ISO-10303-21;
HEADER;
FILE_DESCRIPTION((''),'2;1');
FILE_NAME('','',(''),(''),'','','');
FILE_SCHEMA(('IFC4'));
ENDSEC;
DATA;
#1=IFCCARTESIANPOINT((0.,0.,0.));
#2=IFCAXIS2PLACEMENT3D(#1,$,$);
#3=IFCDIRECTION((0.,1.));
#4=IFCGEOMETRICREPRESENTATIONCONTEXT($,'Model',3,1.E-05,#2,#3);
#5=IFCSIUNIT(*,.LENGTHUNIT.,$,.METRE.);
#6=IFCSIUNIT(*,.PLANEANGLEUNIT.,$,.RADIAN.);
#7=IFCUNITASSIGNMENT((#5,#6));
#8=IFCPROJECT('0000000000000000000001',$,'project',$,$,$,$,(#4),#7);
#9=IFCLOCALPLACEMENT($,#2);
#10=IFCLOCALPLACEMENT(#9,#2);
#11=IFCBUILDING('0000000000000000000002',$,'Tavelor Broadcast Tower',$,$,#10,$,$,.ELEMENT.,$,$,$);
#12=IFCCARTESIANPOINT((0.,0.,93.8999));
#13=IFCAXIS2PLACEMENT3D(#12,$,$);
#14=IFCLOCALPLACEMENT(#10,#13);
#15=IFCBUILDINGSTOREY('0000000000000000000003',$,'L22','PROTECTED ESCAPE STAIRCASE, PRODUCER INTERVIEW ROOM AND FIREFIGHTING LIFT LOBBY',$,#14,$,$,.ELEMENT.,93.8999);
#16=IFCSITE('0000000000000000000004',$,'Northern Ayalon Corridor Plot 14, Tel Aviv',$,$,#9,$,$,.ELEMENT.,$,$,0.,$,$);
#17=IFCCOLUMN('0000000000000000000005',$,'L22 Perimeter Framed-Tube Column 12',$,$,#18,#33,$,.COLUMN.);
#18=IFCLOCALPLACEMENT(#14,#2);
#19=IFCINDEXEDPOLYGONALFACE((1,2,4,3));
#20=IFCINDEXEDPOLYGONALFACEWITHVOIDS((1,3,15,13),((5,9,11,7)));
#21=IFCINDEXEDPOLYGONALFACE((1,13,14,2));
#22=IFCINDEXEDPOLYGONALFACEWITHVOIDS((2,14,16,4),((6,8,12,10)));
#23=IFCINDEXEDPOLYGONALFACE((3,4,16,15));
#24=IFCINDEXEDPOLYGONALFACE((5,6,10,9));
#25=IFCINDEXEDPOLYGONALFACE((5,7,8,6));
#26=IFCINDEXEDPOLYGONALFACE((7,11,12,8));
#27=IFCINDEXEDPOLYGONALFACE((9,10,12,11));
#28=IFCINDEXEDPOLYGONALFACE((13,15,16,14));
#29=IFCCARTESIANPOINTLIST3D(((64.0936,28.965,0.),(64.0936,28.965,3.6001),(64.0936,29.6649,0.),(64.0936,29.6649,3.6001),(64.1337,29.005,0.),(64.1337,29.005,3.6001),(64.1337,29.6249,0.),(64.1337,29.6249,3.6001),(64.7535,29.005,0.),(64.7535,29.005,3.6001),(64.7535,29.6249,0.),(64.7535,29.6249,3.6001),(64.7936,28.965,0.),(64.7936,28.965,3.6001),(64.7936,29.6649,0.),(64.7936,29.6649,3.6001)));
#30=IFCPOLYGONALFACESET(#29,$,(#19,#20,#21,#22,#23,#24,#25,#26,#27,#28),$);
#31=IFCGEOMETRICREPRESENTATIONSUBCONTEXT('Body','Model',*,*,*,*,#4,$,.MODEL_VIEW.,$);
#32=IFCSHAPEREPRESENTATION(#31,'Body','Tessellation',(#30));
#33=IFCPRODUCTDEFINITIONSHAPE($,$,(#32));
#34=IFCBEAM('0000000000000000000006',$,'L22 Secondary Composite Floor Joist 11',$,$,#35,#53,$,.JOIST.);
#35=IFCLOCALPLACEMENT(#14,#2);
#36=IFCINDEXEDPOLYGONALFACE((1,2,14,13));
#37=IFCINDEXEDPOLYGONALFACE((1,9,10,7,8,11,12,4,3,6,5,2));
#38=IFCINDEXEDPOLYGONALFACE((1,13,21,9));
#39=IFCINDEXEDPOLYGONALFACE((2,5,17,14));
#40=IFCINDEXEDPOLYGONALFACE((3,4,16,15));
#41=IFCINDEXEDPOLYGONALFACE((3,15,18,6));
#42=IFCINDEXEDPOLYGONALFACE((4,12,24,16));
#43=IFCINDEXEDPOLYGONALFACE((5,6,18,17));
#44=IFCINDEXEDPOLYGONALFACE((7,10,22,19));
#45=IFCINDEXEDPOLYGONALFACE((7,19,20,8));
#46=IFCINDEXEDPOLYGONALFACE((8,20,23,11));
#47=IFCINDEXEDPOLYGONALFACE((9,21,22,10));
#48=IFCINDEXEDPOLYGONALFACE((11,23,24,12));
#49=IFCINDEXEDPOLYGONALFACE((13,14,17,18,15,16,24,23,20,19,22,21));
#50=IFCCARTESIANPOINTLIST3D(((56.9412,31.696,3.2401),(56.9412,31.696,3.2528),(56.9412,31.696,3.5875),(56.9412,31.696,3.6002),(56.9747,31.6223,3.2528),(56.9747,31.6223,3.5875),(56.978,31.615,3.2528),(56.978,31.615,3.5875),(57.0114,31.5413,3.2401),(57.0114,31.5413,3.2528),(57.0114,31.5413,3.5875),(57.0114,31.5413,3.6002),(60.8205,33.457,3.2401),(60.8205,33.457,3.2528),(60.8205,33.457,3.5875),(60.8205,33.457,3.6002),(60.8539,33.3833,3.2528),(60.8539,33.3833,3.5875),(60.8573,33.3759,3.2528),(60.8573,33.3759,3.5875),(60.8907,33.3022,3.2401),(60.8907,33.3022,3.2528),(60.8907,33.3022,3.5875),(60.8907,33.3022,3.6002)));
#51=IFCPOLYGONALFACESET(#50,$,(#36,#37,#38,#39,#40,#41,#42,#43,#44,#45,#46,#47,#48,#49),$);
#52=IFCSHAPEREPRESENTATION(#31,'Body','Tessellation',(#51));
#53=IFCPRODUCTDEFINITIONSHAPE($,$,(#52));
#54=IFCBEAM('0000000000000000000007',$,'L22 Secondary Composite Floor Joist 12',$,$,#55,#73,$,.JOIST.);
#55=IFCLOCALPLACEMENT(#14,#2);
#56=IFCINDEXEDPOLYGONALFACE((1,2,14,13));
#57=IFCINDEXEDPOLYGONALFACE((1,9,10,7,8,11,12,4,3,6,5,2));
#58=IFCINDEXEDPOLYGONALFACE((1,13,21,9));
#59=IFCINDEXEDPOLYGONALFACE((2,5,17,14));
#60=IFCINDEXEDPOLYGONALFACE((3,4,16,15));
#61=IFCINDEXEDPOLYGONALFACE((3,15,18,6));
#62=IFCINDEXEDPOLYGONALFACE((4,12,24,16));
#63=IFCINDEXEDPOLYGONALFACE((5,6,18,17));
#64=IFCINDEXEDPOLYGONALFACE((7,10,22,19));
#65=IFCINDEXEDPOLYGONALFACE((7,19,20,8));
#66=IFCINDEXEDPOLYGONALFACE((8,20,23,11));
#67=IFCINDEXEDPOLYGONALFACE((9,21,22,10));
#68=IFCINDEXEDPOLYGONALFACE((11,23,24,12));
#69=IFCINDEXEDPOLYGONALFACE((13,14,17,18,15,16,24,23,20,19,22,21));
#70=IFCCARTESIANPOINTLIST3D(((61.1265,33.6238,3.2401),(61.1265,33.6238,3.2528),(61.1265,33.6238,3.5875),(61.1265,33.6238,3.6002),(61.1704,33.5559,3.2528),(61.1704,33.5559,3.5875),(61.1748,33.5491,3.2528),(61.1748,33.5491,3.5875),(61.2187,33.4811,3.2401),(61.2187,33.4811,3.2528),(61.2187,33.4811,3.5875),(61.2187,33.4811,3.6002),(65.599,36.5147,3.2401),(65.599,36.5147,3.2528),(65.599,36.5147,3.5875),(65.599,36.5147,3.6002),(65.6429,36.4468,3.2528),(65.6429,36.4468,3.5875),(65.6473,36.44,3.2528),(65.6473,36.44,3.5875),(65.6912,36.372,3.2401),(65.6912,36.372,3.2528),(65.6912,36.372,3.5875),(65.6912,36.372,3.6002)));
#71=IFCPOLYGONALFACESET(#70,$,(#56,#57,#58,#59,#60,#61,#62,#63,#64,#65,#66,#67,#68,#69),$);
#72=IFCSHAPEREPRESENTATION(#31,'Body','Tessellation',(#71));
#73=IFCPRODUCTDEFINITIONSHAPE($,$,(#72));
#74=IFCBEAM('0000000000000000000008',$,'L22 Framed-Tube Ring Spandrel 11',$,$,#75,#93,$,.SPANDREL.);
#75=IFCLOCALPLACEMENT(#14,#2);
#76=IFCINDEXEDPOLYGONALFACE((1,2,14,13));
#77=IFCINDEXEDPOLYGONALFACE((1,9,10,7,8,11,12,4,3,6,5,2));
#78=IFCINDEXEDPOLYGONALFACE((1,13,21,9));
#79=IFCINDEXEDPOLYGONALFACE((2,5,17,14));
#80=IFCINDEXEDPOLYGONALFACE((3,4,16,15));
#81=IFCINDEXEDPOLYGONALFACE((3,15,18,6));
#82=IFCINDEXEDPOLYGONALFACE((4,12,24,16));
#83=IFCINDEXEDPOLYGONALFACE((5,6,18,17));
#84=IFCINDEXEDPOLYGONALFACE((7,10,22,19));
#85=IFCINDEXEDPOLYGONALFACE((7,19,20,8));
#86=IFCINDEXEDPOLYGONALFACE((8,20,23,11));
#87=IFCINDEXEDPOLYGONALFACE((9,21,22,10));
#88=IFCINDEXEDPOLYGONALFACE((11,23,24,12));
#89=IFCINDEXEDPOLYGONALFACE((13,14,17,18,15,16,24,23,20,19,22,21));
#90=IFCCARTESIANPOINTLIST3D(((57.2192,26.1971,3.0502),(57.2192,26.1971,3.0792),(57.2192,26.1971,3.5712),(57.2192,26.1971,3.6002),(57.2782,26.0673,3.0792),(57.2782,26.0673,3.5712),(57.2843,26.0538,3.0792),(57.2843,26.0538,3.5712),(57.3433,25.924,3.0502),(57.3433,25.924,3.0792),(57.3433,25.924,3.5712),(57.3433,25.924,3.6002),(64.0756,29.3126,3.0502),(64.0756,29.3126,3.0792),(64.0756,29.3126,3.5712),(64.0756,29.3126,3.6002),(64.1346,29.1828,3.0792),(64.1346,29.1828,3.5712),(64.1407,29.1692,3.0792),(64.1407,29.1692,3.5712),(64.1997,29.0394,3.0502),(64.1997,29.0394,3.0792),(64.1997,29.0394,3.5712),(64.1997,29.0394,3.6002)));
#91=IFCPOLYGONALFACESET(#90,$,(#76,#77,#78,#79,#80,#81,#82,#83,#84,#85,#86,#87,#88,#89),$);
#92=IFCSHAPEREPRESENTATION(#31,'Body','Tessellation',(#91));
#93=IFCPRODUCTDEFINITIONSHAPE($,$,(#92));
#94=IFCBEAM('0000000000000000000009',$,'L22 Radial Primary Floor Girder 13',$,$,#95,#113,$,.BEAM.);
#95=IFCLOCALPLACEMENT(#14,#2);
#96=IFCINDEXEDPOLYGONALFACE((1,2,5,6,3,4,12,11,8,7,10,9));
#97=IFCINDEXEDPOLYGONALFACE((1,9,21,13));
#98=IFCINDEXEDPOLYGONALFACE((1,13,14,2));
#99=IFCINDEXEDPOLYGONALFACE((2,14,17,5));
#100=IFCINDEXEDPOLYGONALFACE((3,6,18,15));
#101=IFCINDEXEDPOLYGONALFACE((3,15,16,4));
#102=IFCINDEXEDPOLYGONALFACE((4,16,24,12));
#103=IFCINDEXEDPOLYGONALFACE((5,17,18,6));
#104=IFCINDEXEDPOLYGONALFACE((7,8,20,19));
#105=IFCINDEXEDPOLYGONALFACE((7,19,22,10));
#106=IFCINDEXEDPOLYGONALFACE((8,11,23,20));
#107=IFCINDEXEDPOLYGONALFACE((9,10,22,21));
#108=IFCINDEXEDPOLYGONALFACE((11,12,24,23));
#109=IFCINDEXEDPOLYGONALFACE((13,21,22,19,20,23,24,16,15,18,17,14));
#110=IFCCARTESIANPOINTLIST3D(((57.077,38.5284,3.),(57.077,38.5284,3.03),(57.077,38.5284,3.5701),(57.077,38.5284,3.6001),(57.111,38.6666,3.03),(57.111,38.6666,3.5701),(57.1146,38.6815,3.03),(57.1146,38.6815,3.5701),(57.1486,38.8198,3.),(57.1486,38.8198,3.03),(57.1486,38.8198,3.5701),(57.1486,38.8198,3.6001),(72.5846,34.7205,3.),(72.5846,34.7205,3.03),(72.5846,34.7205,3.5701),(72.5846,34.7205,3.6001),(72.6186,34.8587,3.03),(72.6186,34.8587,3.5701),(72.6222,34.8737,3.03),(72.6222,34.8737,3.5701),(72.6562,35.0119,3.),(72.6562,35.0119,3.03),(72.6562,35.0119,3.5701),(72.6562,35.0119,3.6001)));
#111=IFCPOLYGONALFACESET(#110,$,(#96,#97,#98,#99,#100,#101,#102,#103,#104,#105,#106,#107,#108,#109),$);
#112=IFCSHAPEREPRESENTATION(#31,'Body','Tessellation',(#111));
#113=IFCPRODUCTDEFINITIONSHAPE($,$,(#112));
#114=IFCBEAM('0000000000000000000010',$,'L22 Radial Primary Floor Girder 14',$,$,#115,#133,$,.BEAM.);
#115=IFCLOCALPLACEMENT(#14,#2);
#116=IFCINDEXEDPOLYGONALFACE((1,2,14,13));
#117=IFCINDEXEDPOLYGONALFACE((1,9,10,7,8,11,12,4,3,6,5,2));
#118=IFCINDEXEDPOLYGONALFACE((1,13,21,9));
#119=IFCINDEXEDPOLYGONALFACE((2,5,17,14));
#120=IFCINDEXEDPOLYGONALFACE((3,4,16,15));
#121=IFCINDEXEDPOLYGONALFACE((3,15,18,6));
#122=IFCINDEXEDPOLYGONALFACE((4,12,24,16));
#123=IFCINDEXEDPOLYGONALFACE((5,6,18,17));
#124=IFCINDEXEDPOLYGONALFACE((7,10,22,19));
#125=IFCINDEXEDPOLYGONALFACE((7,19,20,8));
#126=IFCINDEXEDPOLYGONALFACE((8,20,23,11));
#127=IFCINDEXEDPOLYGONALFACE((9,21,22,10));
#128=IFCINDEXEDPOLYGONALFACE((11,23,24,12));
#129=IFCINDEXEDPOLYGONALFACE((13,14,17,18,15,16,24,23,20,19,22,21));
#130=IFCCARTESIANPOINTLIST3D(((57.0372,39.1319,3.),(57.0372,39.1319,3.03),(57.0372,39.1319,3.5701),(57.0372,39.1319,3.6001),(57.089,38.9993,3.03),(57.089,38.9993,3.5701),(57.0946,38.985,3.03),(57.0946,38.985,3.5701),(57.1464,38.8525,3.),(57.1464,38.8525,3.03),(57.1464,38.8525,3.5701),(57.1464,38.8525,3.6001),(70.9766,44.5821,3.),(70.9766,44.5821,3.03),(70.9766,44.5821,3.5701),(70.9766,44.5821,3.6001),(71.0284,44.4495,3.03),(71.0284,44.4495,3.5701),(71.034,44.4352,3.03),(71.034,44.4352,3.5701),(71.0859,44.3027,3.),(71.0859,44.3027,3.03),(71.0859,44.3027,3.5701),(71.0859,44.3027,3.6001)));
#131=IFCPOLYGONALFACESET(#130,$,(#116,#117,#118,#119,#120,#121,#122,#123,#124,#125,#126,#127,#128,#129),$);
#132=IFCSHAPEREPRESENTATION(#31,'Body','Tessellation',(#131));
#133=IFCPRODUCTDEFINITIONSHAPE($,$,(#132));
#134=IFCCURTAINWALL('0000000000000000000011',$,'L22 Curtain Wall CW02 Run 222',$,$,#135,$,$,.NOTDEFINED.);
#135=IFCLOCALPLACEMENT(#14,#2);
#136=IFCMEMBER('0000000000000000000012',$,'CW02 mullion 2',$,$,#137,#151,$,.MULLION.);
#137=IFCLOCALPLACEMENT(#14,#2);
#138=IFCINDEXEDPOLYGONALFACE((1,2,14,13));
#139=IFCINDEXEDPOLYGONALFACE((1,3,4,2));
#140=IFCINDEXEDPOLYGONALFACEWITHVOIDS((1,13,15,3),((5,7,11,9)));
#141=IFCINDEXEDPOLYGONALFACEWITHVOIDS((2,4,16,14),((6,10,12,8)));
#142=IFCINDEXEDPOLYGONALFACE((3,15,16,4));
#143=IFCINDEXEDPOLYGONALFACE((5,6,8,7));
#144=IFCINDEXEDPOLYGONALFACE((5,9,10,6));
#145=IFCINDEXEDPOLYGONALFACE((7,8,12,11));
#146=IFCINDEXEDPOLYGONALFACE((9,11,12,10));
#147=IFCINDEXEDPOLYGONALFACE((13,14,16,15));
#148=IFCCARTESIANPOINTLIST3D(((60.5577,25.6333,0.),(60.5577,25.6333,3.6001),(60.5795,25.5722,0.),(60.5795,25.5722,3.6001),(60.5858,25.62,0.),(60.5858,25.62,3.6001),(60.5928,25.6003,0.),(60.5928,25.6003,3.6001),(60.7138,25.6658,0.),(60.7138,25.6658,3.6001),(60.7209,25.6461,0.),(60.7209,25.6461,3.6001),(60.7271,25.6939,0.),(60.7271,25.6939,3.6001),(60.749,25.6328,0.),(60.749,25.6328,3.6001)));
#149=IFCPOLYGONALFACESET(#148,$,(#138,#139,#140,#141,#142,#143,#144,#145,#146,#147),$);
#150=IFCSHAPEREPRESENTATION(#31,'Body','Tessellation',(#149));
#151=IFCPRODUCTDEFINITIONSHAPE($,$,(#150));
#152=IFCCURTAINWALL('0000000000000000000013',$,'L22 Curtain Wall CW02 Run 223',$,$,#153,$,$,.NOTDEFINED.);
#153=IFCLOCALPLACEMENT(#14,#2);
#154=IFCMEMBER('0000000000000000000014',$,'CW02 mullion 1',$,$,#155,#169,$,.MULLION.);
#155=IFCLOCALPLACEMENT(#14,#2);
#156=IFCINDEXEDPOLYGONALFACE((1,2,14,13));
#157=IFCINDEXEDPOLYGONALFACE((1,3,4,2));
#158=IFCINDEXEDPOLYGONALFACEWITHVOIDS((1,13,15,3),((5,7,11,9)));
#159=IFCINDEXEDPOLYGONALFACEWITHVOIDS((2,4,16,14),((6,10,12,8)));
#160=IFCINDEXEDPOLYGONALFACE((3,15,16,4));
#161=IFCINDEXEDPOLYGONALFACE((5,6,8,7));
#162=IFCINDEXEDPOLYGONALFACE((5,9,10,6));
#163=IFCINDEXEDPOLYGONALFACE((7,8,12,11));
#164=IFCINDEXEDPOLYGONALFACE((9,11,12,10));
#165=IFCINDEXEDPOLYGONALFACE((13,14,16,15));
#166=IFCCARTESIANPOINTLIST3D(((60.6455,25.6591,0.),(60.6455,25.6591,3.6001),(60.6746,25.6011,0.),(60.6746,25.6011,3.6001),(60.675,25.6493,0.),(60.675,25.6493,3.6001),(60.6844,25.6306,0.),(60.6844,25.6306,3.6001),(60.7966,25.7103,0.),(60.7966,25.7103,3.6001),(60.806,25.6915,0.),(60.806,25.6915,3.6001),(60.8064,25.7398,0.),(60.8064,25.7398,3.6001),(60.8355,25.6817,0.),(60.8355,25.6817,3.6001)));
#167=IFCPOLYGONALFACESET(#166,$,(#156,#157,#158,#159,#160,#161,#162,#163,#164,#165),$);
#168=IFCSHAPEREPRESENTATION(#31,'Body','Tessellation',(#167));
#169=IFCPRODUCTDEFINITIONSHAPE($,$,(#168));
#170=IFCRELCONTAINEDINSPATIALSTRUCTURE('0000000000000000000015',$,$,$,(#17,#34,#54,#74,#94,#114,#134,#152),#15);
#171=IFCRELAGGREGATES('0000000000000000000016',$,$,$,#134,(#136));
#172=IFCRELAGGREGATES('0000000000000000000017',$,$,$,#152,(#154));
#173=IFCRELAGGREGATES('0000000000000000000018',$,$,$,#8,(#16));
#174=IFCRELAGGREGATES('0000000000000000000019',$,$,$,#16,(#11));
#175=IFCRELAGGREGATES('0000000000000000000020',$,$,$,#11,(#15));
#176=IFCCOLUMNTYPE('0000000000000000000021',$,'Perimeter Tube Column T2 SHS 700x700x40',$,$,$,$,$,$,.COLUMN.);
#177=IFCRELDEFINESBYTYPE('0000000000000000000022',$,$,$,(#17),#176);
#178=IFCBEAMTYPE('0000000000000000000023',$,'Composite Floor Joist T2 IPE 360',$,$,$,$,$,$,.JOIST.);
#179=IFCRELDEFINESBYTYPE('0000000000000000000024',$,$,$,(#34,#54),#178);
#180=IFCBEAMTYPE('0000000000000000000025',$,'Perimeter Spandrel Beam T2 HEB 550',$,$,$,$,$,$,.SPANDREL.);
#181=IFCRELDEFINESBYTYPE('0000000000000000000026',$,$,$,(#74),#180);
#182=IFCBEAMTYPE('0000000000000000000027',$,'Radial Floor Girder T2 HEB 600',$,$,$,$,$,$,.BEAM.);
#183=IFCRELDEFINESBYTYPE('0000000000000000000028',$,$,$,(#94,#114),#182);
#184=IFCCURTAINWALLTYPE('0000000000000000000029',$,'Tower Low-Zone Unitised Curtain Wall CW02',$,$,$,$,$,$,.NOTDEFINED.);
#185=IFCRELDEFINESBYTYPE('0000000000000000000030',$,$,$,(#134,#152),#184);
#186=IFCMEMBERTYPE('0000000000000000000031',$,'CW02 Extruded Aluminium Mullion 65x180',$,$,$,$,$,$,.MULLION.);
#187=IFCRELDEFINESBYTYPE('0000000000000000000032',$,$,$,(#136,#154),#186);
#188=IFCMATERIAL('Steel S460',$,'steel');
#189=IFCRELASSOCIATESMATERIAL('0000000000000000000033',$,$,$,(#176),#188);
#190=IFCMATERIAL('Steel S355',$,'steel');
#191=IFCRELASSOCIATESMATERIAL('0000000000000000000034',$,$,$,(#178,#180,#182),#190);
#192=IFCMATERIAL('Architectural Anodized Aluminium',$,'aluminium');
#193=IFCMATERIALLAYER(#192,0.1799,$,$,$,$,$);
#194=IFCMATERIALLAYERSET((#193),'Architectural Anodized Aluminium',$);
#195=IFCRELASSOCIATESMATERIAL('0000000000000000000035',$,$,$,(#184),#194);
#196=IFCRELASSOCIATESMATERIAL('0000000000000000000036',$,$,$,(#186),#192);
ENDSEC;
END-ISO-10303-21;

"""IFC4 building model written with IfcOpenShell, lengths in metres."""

from ifc_helpers import new_model, si_unit, direction, frame, origin, origin_2d, place, context, subcontext, project, spatial, hollow_rectangle, i_section, extrude, source, transform, mapped, material, layer, layer_set, material_profile, profile_set, type_object, type_shapes, element, aggregate, save


model = new_model("IFC4")

# Units and contexts
model_context = context("Model", 3, precision=1e-05, world=origin(), true_north=direction((0.0, 1.0)))
body_context = subcontext(model_context, "Body", "Model", "MODEL_VIEW")
ifc_project = project(units=[si_unit("LENGTHUNIT", "METRE"), si_unit("PLANEANGLEUNIT", "RADIAN")], contexts=[model_context])

# Site, building, storey
site_placement = place(None, origin())
site = spatial("IfcSite", under=ifc_project, at=site_placement, Name="Northern Ayalon Corridor Plot 14, Tel Aviv", CompositionType="ELEMENT", RefElevation=0.0)
building_placement = place(site_placement, origin())
building = spatial("IfcBuilding", under=site, at=building_placement, Name="Tavelor Broadcast Tower", CompositionType="ELEMENT")
storey_placement = place(building_placement, frame((0.0, 0.0, 93.8999)))
storey = spatial("IfcBuildingStorey", under=building, at=storey_placement, Name="L22", Description="PROTECTED ESCAPE STAIRCASE, PRODUCER INTERVIEW ROOM AND FIREFIGHTING LIFT LOBBY", CompositionType="ELEMENT", Elevation=93.8999)

# Column
ifc_material_1 = material(Name="Steel S460", Category="steel")
ifc_material_profile_1 = material_profile(ifc_material_1, hollow_rectangle(XDim=0.7, YDim=0.7, WallThickness=0.04, at=origin_2d()), Name="SHS 700x700x40")
ifc_profile_set_1 = profile_set([ifc_material_profile_1], Name="Steel S460")
column_type = type_object("IfcColumnType", Name="Perimeter Tube Column T2 SHS 700x700x40", PredefinedType="COLUMN", material=ifc_profile_set_1)
column_placement = place(storey_placement, frame((64.4436, 29.3149, 0.0), z_axis=(0.0, 0.0, 1.0), x_axis=(1.0, 0.0, 0.0)))
element("IfcColumn", 1, at=column_placement, inside=storey, type_object=column_type, Name="L22 Perimeter Framed-Tube Column 12", PredefinedType="COLUMN", context=body_context, shape_type="SweptSolid", body=[
    extrude(hollow_rectangle(XDim=0.7, YDim=0.7, WallThickness=0.04, at=origin_2d()), origin(), (0.0, 0.0, 1.0), 3.6001),
])

# Beams
ifc_material_2 = material(Name="Steel S355", Category="steel")
ifc_material_profile_2 = material_profile(ifc_material_2, i_section(OverallWidth=0.1699, OverallDepth=0.3601, WebThickness=0.0081, FlangeThickness=0.0127, at=origin_2d()), Name="IPE 360")
ifc_profile_set_2 = profile_set([ifc_material_profile_2], Name="Steel S355")
beam_type_1 = type_object("IfcBeamType", Name="Composite Floor Joist T2 IPE 360", PredefinedType="JOIST", material=ifc_profile_set_2)
beam_1_placement = place(storey_placement, frame((56.9763, 31.6187, 3.4202), z_axis=(0.910576, 0.413341, 0.0), x_axis=(-0.413341, 0.910576, 0.0)))
element("IfcBeam", 2, at=beam_1_placement, inside=storey, type_object=beam_type_1, Name="L22 Secondary Composite Floor Joist 11", PredefinedType="JOIST", context=body_context, shape_type="SweptSolid", body=[
    extrude(i_section(OverallWidth=0.1699, OverallDepth=0.3601, WebThickness=0.0081, FlangeThickness=0.0127, at=origin_2d()), origin(), (0.0, 0.0, 1.0), 4.2603),
])
beam_2_placement = place(storey_placement, frame((61.1726, 33.5525, 3.4202), z_axis=(0.839831, 0.542848, 0.0), x_axis=(-0.542848, 0.839831, 0.0)))
element("IfcBeam", 3, at=beam_2_placement, inside=storey, type_object=beam_type_1, Name="L22 Secondary Composite Floor Joist 12", PredefinedType="JOIST", context=body_context, shape_type="SweptSolid", body=[
    extrude(i_section(OverallWidth=0.1699, OverallDepth=0.3601, WebThickness=0.0081, FlangeThickness=0.0127, at=origin_2d()), origin(), (0.0, 0.0, 1.0), 5.3254),
])
ifc_material_profile_3 = material_profile(ifc_material_2, i_section(OverallWidth=0.3, OverallDepth=0.55, WebThickness=0.0149, FlangeThickness=0.0291, at=origin_2d()), Name="HEB 550")
ifc_profile_set_3 = profile_set([ifc_material_profile_3], Name="Steel S355")
beam_type_2 = type_object("IfcBeamType", Name="Perimeter Spandrel Beam T2 HEB 550", PredefinedType="SPANDREL", material=ifc_profile_set_3)
beam_3_placement = place(storey_placement, frame((57.2812, 26.0605, 3.3252), z_axis=(0.910421, 0.413683, 0.0), x_axis=(-0.413683, 0.910421, 0.0)))
element("IfcBeam", 4, at=beam_3_placement, inside=storey, type_object=beam_type_2, Name="L22 Framed-Tube Ring Spandrel 11", PredefinedType="SPANDREL", context=body_context, shape_type="SweptSolid", body=[
    extrude(i_section(OverallWidth=0.3, OverallDepth=0.55, WebThickness=0.0149, FlangeThickness=0.0291, at=origin_2d()), origin(), (0.0, 0.0, 1.0), 7.531),
])
ifc_material_profile_4 = material_profile(ifc_material_2, i_section(OverallWidth=0.3, OverallDepth=0.6001, WebThickness=0.0154, FlangeThickness=0.03, at=origin_2d()), Name="HEB 600")
ifc_profile_set_4 = profile_set([ifc_material_profile_4], Name="Steel S355")
beam_type_3 = type_object("IfcBeamType", Name="Radial Floor Girder T2 HEB 600", PredefinedType="BEAM", material=ifc_profile_set_4)
beam_4_placement = place(storey_placement, frame((57.1128, 38.6741, 3.3), z_axis=(0.971151, -0.238465, 0.0), x_axis=(0.238465, 0.971151, 0.0)))
element("IfcBeam", 5, at=beam_4_placement, inside=storey, type_object=beam_type_3, Name="L22 Radial Primary Floor Girder 13", PredefinedType="BEAM", context=body_context, shape_type="SweptSolid", body=[
    extrude(i_section(OverallWidth=0.3, OverallDepth=0.6001, WebThickness=0.0154, FlangeThickness=0.03, at=origin_2d()), origin(), (0.0, 0.0, 1.0), 15.9683),
])
beam_5_placement = place(storey_placement, frame((57.0918, 38.9922, 3.3), z_axis=(0.931342, 0.364146, 0.0), x_axis=(-0.364146, 0.931342, 0.0)))
element("IfcBeam", 6, at=beam_5_placement, inside=storey, type_object=beam_type_3, Name="L22 Radial Primary Floor Girder 14", PredefinedType="BEAM", context=body_context, shape_type="SweptSolid", body=[
    extrude(i_section(OverallWidth=0.3, OverallDepth=0.6001, WebThickness=0.0154, FlangeThickness=0.03, at=origin_2d()), origin(), (0.0, 0.0, 1.0), 14.967),
])

# Curtain wall, member
ifc_material_3 = material(Name="Architectural Anodized Aluminium", Category="aluminium")
ifc_layer_1 = layer(ifc_material_3, 0.1799)
ifc_layer_set_1 = layer_set([ifc_layer_1], Name="Architectural Anodized Aluminium")
curtain_wall_type = type_object("IfcCurtainWallType", Name="Tower Low-Zone Unitised Curtain Wall CW02", PredefinedType="NOTDEFINED", material=ifc_layer_set_1)
curtain_wall_1_placement = place(storey_placement, origin())
curtain_wall_1 = element("IfcCurtainWall", 7, at=curtain_wall_1_placement, inside=storey, type_object=curtain_wall_type, Name="L22 Curtain Wall CW02 Run 222", PredefinedType="NOTDEFINED")
ifc_material_profile_5 = material_profile(ifc_material_3, hollow_rectangle(XDim=0.0649, YDim=0.1799, WallThickness=0.022, at=origin_2d()), Name="RHS 65x180x22")
ifc_profile_set_5 = profile_set([ifc_material_profile_5], Name="Architectural Anodized Aluminium")
member_type_1 = type_object("IfcMemberType", Name="CW02 Extruded Aluminium Mullion 65x180", PredefinedType="MULLION", material=ifc_profile_set_5)
shared_shape_1 = source(origin(), body_context, "Body", "SweptSolid", [
    extrude(hollow_rectangle(XDim=0.0649, YDim=0.1799, WallThickness=0.022, at=origin_2d()), origin(), (0.0, 0.0, 1.0), 3.6001),
])
type_shapes(member_type_1, [shared_shape_1])
member_1_placement = place(storey_placement, frame((60.6533, 25.6331, 0.0), z_axis=(0.0, 0.0, 1.0), x_axis=(-0.336696, 0.941613, 0.0)))
member_1 = element("IfcMember", 8, at=member_1_placement, type_object=member_type_1, Name="CW02 mullion 2", PredefinedType="MULLION", context=body_context, shape_type="MappedRepresentation", body=[
    mapped(shared_shape_1, transform((0.0, 0.0, 0.0), scale=1.0)),
])
aggregate(curtain_wall_1, [member_1])

# Curtain wall, member
curtain_wall_2_placement = place(storey_placement, origin())
curtain_wall_2 = element("IfcCurtainWall", 9, at=curtain_wall_2_placement, inside=storey, type_object=curtain_wall_type, Name="L22 Curtain Wall CW02 Run 223", PredefinedType="NOTDEFINED")
member_2_placement = place(storey_placement, frame((60.7405, 25.6704, 0.0), z_axis=(0.0, 0.0, 1.0), x_axis=(-0.448161, 0.893953, 0.0)))
member_2 = element("IfcMember", 10, at=member_2_placement, type_object=member_type_1, Name="CW02 mullion 1", PredefinedType="MULLION", context=body_context, shape_type="MappedRepresentation", body=[
    mapped(shared_shape_1, transform((0.0, 0.0, 0.0), scale=1.0)),
])

aggregate(curtain_wall_2, [member_2])

save(model, "model.ifc")
